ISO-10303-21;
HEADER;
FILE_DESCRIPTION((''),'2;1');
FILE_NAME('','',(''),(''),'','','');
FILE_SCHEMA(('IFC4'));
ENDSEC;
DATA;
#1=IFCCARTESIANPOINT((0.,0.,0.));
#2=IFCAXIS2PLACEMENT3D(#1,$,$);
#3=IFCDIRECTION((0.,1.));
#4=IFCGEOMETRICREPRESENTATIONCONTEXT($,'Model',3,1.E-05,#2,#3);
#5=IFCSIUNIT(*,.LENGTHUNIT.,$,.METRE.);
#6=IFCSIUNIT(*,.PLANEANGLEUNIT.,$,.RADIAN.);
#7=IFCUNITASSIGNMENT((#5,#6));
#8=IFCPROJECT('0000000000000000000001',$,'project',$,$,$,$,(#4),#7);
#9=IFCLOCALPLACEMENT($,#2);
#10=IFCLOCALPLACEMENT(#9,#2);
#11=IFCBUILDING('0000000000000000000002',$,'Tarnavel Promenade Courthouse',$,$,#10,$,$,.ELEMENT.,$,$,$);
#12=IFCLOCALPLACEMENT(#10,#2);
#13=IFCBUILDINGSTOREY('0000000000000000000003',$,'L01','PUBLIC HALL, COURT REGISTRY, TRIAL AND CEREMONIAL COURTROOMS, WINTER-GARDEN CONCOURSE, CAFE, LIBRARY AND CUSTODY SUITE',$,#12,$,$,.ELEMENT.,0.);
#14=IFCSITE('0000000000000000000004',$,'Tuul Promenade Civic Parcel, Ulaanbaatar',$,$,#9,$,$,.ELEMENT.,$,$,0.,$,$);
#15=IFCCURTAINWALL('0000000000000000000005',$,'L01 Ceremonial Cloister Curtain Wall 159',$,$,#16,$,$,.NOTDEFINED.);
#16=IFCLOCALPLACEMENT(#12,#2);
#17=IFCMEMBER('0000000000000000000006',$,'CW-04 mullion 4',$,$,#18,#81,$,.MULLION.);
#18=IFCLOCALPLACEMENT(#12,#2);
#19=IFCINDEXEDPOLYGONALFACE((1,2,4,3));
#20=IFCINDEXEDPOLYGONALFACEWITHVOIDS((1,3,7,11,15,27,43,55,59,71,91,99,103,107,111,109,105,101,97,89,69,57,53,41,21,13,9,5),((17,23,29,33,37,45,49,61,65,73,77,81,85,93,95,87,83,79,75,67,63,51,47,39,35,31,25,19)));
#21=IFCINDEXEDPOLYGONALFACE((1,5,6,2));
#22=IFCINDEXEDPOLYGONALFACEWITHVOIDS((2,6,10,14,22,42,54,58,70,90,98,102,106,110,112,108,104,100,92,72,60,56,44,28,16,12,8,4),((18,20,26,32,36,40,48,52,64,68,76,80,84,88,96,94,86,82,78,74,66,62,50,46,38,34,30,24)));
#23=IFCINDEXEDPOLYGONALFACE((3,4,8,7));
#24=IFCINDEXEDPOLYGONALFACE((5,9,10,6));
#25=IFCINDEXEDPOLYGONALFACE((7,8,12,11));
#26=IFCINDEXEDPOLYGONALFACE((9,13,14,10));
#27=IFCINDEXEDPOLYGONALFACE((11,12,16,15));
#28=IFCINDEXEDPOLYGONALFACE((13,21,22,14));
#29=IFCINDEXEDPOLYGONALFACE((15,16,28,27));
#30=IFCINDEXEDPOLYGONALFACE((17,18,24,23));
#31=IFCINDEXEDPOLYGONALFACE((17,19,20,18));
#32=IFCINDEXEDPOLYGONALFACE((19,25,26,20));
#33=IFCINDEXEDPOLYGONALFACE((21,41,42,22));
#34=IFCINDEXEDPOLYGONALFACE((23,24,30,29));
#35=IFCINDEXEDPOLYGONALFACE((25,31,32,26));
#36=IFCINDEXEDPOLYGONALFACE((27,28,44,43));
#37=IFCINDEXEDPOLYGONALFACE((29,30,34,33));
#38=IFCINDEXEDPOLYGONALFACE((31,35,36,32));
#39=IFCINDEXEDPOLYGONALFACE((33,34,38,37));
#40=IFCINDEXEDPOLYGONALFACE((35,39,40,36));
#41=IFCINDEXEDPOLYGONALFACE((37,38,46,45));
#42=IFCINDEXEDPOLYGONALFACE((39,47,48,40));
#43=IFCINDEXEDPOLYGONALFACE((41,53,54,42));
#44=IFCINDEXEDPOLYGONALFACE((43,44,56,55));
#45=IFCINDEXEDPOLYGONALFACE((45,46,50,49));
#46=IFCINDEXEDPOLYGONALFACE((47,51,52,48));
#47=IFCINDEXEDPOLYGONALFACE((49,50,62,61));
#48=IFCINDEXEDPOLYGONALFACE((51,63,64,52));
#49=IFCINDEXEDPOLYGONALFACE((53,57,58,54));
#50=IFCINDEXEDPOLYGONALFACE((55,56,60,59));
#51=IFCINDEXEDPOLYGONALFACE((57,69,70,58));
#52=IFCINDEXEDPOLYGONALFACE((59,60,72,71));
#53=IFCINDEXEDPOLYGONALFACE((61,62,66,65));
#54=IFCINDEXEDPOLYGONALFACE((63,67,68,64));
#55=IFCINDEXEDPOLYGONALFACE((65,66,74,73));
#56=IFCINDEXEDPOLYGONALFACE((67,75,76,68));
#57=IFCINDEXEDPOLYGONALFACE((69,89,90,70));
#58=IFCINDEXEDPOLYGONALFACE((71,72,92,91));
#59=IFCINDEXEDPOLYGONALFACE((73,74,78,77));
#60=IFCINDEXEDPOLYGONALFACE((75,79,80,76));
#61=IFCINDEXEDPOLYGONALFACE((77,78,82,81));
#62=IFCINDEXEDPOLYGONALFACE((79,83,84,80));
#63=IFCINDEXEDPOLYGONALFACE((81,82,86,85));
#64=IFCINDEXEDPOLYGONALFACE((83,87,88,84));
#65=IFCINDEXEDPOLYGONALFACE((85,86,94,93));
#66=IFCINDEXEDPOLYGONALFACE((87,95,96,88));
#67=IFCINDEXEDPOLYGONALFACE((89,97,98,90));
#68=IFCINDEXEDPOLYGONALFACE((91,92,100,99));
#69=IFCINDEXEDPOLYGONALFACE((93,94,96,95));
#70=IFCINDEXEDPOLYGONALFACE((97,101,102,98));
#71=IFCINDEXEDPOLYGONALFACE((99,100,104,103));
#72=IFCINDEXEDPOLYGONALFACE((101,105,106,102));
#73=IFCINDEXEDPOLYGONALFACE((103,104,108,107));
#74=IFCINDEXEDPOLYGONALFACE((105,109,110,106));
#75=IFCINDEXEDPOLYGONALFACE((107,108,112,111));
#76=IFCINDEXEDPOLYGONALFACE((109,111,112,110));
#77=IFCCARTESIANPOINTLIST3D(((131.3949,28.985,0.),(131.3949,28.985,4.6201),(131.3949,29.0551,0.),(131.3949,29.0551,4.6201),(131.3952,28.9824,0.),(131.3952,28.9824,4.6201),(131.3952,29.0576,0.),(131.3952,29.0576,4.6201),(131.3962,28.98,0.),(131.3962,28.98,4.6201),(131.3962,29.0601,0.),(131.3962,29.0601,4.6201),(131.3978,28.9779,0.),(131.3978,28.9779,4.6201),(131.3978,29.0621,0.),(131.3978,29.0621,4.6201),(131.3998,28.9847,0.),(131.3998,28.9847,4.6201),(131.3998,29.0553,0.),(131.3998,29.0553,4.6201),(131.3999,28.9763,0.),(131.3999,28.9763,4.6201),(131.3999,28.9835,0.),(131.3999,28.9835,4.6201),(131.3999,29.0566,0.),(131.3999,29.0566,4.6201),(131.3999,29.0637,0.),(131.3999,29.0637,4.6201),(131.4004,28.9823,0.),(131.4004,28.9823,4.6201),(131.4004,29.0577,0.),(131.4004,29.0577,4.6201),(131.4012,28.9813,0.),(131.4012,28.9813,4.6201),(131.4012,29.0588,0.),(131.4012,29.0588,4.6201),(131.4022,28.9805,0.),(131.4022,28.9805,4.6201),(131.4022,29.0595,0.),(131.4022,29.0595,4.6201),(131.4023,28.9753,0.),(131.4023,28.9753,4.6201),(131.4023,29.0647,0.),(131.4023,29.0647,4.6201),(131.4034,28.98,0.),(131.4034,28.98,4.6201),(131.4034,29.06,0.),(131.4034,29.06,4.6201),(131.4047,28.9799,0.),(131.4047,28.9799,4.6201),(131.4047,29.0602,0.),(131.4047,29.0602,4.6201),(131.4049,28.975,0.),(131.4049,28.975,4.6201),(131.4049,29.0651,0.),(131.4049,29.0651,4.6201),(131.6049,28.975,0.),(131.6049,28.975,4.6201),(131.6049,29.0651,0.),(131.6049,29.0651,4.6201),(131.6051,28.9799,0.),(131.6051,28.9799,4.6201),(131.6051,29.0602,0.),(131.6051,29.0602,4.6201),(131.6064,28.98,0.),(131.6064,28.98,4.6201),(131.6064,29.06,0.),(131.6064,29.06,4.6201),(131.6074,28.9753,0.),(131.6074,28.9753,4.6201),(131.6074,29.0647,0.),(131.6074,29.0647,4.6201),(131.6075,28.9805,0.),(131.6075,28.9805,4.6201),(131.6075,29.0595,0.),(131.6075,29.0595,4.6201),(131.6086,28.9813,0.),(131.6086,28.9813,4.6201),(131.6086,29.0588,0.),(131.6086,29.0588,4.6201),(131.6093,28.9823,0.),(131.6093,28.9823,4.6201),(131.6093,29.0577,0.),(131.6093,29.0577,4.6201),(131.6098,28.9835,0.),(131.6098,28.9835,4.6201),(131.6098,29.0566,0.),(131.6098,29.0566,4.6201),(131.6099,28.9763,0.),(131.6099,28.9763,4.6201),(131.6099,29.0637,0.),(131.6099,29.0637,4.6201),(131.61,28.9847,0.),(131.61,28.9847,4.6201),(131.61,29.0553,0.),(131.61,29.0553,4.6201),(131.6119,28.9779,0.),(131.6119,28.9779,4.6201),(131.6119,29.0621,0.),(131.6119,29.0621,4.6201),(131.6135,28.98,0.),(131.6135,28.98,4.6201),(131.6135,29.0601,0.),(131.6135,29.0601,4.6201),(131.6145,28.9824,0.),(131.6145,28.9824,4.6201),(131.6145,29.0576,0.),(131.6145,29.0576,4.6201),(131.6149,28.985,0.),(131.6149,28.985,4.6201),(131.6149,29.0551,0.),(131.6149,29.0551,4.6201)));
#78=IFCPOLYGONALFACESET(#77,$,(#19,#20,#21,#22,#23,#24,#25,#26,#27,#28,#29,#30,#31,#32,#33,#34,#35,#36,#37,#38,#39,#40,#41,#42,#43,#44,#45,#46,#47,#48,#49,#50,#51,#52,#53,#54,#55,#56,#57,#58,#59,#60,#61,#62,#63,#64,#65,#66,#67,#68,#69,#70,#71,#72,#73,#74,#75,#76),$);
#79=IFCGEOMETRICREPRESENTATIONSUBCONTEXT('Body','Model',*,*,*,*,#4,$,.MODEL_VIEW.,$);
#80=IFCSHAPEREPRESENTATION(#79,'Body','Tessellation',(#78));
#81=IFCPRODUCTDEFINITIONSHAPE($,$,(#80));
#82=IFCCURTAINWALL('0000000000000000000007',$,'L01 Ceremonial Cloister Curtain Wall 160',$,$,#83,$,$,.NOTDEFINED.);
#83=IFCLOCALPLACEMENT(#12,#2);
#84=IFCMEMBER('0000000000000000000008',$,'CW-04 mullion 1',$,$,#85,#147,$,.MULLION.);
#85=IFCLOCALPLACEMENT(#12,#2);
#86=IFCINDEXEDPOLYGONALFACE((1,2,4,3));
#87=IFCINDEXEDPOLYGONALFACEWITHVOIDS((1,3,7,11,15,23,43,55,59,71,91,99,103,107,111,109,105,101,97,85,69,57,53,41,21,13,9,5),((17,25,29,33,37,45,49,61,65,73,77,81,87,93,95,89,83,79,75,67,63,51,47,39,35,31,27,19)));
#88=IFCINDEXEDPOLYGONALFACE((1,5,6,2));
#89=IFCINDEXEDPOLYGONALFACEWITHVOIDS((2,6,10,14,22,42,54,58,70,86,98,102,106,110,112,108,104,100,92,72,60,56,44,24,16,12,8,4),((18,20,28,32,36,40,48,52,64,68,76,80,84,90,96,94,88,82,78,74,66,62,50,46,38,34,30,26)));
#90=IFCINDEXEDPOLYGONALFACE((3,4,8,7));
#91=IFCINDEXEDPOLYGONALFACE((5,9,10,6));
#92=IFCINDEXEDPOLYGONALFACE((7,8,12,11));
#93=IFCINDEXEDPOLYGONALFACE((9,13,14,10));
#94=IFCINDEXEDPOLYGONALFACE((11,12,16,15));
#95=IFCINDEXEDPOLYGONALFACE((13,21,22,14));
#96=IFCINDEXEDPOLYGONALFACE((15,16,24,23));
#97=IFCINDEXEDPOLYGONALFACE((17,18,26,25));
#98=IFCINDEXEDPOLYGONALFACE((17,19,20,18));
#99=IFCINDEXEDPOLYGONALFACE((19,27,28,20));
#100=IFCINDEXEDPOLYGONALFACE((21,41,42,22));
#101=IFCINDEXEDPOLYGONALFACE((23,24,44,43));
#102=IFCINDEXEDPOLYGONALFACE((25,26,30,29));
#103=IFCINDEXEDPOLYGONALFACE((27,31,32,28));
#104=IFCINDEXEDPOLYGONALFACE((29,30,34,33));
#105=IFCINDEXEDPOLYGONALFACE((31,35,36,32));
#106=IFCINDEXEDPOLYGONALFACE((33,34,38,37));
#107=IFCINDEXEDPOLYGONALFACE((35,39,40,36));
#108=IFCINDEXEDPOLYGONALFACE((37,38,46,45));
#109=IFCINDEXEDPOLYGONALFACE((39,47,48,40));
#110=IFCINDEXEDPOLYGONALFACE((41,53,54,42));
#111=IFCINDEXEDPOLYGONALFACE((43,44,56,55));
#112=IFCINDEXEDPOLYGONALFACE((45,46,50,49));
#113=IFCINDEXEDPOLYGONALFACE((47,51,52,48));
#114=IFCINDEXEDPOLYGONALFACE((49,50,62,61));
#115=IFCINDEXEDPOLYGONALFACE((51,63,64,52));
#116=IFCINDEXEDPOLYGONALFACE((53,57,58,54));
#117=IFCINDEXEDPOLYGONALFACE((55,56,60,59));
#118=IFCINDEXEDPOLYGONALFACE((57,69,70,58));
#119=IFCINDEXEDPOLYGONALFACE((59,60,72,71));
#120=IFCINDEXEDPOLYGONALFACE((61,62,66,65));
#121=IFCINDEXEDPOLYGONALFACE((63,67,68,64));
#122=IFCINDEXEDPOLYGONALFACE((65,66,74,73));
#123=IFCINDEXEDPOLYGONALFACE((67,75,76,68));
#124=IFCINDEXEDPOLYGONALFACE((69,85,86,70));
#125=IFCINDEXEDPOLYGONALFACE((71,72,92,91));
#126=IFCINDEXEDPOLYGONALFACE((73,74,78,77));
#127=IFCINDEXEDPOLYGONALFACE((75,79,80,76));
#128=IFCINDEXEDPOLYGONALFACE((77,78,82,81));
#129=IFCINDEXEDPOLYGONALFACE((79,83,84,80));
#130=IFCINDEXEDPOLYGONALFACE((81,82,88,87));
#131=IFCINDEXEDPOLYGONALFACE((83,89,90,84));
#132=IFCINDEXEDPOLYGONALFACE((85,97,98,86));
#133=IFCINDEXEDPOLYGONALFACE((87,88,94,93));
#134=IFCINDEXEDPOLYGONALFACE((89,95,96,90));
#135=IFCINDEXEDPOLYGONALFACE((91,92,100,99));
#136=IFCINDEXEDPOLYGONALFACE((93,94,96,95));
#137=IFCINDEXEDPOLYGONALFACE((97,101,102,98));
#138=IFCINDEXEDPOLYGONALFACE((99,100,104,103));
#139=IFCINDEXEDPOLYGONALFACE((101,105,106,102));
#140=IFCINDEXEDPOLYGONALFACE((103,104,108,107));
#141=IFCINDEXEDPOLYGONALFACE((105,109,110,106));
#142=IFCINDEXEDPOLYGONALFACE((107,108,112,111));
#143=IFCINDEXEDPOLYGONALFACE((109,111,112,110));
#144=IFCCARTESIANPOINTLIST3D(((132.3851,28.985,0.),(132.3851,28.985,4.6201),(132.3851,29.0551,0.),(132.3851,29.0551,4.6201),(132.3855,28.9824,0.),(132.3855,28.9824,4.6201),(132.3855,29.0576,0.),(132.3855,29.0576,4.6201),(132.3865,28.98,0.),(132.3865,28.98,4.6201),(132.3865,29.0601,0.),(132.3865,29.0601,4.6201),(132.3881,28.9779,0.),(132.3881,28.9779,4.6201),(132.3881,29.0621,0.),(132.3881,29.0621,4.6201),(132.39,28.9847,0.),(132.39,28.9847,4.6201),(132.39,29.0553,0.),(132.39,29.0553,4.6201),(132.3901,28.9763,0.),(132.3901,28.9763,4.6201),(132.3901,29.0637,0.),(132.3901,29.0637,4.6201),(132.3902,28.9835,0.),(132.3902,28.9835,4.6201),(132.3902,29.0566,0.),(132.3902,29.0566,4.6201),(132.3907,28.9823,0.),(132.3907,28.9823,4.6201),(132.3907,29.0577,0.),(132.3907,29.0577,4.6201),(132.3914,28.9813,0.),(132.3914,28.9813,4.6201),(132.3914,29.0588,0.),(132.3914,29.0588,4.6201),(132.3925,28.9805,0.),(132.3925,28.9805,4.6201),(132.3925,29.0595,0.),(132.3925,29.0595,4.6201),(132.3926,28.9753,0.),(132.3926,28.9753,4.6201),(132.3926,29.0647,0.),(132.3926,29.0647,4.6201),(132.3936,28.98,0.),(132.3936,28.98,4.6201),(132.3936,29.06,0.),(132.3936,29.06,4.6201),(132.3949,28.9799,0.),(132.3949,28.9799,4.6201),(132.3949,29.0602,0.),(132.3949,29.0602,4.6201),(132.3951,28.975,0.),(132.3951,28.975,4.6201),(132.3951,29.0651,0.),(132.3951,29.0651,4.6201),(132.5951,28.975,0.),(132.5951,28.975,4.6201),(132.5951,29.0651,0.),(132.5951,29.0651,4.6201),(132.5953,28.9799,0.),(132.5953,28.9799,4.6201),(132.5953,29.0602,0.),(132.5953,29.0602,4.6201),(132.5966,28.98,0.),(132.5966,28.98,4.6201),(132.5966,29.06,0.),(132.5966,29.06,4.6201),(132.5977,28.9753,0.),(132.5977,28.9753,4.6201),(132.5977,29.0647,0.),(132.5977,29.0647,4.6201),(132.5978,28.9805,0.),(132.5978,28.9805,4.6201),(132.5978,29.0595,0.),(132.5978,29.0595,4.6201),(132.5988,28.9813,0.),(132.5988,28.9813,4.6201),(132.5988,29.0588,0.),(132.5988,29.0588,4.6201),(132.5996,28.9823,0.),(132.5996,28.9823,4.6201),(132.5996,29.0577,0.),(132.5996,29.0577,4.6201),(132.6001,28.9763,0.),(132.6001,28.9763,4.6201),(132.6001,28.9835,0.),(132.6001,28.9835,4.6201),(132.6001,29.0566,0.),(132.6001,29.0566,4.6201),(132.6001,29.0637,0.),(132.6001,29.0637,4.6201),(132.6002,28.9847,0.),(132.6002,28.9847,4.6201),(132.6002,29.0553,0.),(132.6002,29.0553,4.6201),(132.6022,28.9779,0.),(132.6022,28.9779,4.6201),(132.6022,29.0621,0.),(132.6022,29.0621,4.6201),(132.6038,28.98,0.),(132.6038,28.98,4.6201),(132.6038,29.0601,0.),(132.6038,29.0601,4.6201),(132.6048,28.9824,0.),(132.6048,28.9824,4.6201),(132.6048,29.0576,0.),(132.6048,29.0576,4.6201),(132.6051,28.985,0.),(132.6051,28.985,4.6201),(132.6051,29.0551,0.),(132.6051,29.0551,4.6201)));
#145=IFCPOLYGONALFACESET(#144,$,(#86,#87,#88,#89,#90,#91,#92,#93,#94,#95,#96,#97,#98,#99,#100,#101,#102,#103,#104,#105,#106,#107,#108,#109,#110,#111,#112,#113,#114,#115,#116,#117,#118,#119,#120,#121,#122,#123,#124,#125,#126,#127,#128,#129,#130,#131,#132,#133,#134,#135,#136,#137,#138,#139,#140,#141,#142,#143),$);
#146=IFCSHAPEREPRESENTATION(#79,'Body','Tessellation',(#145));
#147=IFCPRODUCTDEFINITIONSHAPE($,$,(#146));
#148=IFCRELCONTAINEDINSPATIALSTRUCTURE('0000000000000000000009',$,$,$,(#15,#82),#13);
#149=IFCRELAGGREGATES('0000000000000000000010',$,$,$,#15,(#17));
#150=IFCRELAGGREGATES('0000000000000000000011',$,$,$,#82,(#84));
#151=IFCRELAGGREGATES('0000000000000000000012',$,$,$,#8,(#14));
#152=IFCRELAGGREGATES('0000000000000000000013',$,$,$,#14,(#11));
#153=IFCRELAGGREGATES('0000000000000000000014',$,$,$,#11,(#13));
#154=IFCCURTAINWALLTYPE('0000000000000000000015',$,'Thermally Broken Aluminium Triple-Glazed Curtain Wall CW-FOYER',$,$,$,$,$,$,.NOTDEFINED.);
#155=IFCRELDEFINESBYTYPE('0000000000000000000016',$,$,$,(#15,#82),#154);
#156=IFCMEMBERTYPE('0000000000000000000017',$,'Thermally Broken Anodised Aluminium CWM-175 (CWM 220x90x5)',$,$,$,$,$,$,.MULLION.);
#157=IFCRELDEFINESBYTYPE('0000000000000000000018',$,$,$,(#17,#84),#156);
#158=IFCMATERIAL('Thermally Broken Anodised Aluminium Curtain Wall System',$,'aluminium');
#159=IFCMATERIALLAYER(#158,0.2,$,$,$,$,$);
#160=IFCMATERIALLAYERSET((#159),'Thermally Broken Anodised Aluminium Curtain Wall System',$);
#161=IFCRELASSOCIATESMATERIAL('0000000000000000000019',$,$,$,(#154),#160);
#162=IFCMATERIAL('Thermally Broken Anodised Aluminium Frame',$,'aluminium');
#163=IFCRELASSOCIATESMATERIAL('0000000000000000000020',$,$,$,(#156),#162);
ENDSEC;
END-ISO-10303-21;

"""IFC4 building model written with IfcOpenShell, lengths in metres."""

from ifc_helpers import new_model, si_unit, direction, frame, origin, origin_2d, place, context, subcontext, project, spatial, hollow_rectangle, extrude, material, layer, layer_set, material_profile, profile_set, type_object, element, aggregate, save


model = new_model("IFC4")

# Units and contexts
model_context = context("Model", 3, precision=1e-05, world=origin(), true_north=direction((0.0, 1.0)))
body_context = subcontext(model_context, "Body", "Model", "MODEL_VIEW")
ifc_project = project(units=[si_unit("LENGTHUNIT", "METRE"), si_unit("PLANEANGLEUNIT", "RADIAN")], contexts=[model_context])

# Site, building, storey
site_placement = place(None, origin())
site = spatial("IfcSite", under=ifc_project, at=site_placement, Name="Tuul Promenade Civic Parcel, Ulaanbaatar", CompositionType="ELEMENT", RefElevation=0.0)
building_placement = place(site_placement, origin())
building = spatial("IfcBuilding", under=site, at=building_placement, Name="Tarnavel Promenade Courthouse", CompositionType="ELEMENT")
storey_placement = place(building_placement, origin())
storey = spatial("IfcBuildingStorey", under=building, at=storey_placement, Name="L01", Description="PUBLIC HALL, COURT REGISTRY, TRIAL AND CEREMONIAL COURTROOMS, WINTER-GARDEN CONCOURSE, CAFE, LIBRARY AND CUSTODY SUITE", CompositionType="ELEMENT", Elevation=0.0)

# Shared definitions
ifc_material_1 = material(Name="Thermally Broken Anodised Aluminium Curtain Wall System", Category="aluminium")
ifc_layer_1 = layer(ifc_material_1, 0.2)
ifc_layer_set_1 = layer_set([ifc_layer_1], Name="Thermally Broken Anodised Aluminium Curtain Wall System")
curtain_wall_type = type_object("IfcCurtainWallType", Name="Thermally Broken Aluminium Triple-Glazed Curtain Wall CW-FOYER", PredefinedType="NOTDEFINED", material=ifc_layer_set_1)
ifc_material_2 = material(Name="Thermally Broken Anodised Aluminium Frame", Category="aluminium")
ifc_material_profile_1 = material_profile(ifc_material_2, hollow_rectangle(XDim=0.0901, YDim=0.22, WallThickness=0.0049, InnerFilletRadius=0.0049, OuterFilletRadius=0.01, at=origin_2d()), Name="CWM 220x90x5")
ifc_profile_set_1 = profile_set([ifc_material_profile_1], Name="Thermally Broken Anodised Aluminium Frame")
member_type_1 = type_object("IfcMemberType", Name="Thermally Broken Anodised Aluminium CWM-175 (CWM 220x90x5)", PredefinedType="MULLION", material=ifc_profile_set_1)

# Curtain walls, members
curtain_wall_1_placement = place(storey_placement, origin())
curtain_wall_1 = element("IfcCurtainWall", 1, at=curtain_wall_1_placement, inside=storey, type_object=curtain_wall_type, Name="L01 Ceremonial Cloister Curtain Wall 159", PredefinedType="NOTDEFINED")
member_1_placement = place(storey_placement, frame((131.5049, 29.02, 0.0), z_axis=(0.0, 0.0, 1.0), x_axis=(0.0, 1.0, 0.0)))
member_1 = element("IfcMember", 2, at=member_1_placement, type_object=member_type_1, Name="CW-04 mullion 4", PredefinedType="MULLION", context=body_context, shape_type="SweptSolid", body=[
    extrude(hollow_rectangle(XDim=0.0901, YDim=0.22, WallThickness=0.0049, InnerFilletRadius=0.0049, OuterFilletRadius=0.01, at=origin_2d()), origin(), (0.0, 0.0, 1.0), 4.6201),
])
curtain_wall_2_placement = place(storey_placement, origin())
curtain_wall_2 = element("IfcCurtainWall", 3, at=curtain_wall_2_placement, inside=storey, type_object=curtain_wall_type, Name="L01 Ceremonial Cloister Curtain Wall 160", PredefinedType="NOTDEFINED")
member_2_placement = place(storey_placement, frame((132.4951, 29.02, 0.0), z_axis=(0.0, 0.0, 1.0), x_axis=(0.0, 1.0, 0.0)))
member_2 = element("IfcMember", 4, at=member_2_placement, type_object=member_type_1, Name="CW-04 mullion 1", PredefinedType="MULLION", context=body_context, shape_type="SweptSolid", body=[
    extrude(hollow_rectangle(XDim=0.0901, YDim=0.22, WallThickness=0.0049, InnerFilletRadius=0.0049, OuterFilletRadius=0.01, at=origin_2d()), origin(), (0.0, 0.0, 1.0), 4.6201),
])

aggregate(curtain_wall_1, [member_1])
aggregate(curtain_wall_2, [member_2])

save(model, "model.ifc")
